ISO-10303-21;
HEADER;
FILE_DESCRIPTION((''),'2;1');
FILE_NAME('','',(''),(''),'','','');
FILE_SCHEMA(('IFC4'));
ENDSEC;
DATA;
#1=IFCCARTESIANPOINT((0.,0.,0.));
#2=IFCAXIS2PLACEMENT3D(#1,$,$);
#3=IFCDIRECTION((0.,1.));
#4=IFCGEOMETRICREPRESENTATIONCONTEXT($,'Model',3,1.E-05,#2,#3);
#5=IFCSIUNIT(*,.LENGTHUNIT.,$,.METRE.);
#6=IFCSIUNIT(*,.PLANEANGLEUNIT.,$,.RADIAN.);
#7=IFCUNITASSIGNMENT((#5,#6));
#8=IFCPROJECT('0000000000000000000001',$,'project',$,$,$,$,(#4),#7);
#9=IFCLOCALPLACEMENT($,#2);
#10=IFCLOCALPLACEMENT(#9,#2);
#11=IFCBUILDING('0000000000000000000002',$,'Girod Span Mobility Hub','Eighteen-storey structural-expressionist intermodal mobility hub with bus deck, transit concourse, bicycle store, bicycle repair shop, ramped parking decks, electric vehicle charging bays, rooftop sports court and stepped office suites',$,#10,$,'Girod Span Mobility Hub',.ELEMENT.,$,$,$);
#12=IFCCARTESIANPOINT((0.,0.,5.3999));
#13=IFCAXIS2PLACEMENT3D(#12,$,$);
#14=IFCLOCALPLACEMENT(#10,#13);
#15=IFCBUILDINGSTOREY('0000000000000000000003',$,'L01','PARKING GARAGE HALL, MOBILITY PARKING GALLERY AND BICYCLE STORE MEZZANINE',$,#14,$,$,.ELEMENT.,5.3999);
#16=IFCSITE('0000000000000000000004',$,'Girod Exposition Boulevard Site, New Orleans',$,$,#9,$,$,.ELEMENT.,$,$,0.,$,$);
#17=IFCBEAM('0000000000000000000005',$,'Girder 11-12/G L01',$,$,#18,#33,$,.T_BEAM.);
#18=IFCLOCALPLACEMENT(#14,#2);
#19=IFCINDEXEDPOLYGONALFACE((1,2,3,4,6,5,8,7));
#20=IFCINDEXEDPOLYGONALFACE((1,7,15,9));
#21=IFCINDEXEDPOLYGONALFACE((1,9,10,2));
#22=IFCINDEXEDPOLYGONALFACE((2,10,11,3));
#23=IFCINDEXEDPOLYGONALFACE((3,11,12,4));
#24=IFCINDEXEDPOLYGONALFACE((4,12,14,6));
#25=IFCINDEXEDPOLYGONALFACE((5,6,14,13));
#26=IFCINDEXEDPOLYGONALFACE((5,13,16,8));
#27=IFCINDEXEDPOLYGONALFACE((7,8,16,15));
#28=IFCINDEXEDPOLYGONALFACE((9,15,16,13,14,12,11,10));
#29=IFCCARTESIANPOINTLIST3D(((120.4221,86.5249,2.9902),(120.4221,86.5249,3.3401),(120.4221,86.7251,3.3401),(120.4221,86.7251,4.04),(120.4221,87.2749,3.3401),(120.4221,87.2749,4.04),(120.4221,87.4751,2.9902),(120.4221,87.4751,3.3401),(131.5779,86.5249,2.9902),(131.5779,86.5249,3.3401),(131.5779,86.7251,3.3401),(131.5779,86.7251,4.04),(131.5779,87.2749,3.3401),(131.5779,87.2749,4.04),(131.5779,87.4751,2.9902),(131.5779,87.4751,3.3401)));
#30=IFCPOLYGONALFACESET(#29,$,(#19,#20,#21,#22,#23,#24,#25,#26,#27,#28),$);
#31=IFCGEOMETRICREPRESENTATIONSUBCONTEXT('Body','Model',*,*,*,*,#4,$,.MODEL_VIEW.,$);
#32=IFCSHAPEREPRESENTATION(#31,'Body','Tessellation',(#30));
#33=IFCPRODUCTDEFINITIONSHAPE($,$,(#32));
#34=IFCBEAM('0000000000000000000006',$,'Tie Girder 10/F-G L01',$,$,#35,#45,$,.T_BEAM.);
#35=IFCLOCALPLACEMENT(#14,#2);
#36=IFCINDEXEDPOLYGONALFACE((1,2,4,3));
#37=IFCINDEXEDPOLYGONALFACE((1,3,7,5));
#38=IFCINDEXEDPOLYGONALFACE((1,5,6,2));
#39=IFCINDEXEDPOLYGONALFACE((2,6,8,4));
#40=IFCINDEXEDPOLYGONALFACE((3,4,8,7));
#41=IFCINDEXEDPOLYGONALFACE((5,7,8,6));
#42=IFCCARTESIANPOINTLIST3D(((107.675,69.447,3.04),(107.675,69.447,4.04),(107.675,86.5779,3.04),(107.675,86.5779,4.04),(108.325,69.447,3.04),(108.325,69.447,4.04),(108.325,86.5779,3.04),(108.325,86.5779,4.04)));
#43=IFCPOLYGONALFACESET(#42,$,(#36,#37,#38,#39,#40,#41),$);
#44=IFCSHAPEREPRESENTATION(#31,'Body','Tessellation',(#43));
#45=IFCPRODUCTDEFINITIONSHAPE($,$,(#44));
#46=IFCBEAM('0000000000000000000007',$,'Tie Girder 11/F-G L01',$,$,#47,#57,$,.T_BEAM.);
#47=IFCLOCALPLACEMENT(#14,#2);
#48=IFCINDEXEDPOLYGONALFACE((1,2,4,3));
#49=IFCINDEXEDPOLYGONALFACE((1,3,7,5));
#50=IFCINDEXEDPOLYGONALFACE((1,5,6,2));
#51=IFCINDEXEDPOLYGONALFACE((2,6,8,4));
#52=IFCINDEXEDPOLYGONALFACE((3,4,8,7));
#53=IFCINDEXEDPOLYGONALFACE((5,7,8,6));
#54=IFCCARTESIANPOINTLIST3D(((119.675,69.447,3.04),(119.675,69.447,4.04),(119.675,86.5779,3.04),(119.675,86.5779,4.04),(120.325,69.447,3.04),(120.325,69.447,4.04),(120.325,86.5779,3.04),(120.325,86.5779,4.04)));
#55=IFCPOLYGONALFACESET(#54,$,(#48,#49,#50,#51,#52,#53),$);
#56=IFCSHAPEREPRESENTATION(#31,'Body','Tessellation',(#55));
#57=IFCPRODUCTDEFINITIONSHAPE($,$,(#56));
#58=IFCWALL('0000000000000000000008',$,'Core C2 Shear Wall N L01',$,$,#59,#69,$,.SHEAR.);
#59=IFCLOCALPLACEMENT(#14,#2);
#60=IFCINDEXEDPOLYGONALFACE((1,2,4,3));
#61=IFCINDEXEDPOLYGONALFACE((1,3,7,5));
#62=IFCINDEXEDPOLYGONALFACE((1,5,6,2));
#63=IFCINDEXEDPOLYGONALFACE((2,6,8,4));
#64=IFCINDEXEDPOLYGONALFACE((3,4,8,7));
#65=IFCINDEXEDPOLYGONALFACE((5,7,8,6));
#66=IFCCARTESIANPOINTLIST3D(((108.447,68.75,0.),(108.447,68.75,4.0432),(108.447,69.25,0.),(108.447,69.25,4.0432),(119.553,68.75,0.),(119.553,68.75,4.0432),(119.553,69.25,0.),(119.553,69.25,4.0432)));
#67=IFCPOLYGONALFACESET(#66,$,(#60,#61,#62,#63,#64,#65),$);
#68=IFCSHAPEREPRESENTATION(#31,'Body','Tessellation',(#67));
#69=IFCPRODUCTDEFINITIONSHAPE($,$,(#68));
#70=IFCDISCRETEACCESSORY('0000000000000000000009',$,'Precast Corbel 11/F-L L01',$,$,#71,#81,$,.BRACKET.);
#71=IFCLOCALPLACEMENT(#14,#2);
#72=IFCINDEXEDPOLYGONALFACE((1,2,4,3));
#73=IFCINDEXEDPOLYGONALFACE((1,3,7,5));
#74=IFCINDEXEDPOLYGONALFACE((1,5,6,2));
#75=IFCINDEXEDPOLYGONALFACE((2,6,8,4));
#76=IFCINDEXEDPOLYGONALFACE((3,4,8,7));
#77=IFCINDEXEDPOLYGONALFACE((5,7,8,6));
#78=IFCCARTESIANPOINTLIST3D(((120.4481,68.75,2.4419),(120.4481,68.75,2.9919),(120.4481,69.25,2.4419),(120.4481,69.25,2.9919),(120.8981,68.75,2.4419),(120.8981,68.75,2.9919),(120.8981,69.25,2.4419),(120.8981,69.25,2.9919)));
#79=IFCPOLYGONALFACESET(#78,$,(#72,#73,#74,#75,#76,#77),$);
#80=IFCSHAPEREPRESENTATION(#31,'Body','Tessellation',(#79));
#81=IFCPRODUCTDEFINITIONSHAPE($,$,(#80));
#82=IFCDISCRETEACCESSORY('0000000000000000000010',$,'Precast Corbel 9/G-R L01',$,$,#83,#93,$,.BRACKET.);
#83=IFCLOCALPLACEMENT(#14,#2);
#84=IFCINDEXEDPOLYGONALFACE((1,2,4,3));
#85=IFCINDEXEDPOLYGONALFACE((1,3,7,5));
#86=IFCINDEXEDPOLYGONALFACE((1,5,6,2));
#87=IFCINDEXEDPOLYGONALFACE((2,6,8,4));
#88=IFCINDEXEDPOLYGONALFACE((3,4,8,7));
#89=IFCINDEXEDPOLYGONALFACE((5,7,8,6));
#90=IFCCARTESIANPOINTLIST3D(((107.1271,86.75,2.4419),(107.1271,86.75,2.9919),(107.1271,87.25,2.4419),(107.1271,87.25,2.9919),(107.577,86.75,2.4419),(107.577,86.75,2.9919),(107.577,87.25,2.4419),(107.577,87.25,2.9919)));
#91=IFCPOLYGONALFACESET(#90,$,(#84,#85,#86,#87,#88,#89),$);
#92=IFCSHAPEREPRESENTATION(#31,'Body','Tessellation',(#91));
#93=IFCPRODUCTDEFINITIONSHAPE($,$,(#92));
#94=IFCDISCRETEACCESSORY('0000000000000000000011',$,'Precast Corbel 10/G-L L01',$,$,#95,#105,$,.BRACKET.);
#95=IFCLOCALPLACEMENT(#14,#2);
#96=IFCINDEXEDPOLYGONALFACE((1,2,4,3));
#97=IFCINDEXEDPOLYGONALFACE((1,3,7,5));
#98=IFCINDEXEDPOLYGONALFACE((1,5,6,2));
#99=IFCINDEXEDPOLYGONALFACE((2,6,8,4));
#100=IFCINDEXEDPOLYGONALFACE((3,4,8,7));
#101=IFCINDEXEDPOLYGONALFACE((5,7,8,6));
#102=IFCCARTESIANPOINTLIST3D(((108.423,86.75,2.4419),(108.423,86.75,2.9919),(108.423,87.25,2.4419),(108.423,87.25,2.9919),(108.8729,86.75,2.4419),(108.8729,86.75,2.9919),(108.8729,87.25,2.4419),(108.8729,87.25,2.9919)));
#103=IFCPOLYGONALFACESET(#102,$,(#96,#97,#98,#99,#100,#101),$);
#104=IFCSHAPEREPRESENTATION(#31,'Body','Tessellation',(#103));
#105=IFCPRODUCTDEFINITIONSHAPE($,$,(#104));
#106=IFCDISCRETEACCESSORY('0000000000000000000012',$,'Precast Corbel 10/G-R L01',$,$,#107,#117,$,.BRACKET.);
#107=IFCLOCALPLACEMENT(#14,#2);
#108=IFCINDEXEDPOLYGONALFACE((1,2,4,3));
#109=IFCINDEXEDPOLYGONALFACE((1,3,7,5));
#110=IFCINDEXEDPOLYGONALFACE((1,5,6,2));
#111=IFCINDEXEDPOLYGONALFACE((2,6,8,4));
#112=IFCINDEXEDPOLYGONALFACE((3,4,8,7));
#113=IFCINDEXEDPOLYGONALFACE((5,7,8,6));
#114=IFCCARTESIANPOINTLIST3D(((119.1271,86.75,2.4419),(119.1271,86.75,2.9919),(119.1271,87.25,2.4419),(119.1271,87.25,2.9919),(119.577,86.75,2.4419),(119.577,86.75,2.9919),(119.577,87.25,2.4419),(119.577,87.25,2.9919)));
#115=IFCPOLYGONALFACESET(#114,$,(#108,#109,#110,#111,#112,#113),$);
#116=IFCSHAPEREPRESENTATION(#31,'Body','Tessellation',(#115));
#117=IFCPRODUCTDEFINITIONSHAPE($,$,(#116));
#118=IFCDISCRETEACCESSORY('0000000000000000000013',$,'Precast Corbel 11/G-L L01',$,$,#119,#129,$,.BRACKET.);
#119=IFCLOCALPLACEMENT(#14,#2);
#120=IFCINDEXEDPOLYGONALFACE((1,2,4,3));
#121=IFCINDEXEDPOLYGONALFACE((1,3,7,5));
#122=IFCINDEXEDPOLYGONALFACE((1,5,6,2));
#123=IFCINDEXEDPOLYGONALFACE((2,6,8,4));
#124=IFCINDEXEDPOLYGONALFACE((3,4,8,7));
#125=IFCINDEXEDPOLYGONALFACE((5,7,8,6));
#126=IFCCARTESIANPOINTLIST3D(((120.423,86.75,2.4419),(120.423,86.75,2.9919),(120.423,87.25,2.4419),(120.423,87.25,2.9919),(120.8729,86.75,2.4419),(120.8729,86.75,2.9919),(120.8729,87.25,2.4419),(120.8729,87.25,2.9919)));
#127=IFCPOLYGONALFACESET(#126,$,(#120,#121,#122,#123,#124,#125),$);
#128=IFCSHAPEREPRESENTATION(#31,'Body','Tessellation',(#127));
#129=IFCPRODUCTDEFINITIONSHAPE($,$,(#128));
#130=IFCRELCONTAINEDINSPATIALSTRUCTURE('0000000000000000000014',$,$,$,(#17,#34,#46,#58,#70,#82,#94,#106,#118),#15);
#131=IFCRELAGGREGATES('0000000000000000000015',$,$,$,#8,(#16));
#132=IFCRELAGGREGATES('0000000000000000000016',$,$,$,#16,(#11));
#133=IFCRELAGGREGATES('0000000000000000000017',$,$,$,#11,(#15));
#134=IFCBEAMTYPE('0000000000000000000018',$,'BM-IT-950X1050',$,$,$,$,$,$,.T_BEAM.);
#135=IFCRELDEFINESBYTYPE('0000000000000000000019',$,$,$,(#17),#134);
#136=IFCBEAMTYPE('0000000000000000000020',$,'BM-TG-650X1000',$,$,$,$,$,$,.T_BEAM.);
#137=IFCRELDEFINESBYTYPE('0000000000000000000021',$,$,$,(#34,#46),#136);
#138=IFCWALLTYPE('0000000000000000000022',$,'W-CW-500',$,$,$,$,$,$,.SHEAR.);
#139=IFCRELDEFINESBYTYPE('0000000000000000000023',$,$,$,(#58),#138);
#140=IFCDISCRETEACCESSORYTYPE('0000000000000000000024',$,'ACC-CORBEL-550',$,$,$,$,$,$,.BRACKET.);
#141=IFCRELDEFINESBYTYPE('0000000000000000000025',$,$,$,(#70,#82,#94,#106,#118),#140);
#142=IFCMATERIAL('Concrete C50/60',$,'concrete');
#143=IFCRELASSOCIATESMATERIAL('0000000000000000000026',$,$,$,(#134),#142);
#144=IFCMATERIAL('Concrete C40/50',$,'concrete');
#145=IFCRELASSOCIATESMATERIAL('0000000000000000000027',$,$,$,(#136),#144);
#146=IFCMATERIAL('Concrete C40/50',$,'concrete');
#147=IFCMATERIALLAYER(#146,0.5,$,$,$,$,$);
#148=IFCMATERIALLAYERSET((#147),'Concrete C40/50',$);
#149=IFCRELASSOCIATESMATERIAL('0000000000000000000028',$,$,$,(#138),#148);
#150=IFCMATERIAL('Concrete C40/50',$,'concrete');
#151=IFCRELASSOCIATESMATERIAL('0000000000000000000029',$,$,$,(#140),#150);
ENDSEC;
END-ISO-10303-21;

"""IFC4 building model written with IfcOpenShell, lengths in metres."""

from ifc_helpers import new_model, si_unit, direction, frame, frame_2d, origin, origin_2d, place, context, subcontext, project, spatial, polyline, rectangle, outline, extrude, material, layer, layer_set, material_profile, profile_set, type_object, element, save


model = new_model("IFC4")

# Units and contexts
model_context = context("Model", 3, precision=1e-05, world=origin(), true_north=direction((0.0, 1.0)))
body_context = subcontext(model_context, "Body", "Model", "MODEL_VIEW")
ifc_project = project(units=[si_unit("LENGTHUNIT", "METRE"), si_unit("PLANEANGLEUNIT", "RADIAN")], contexts=[model_context])

# Site, building, storey
site_placement = place(None, origin())
site = spatial("IfcSite", under=ifc_project, at=site_placement, Name="Girod Exposition Boulevard Site, New Orleans", CompositionType="ELEMENT", RefElevation=0.0)
building_placement = place(site_placement, origin())
building = spatial("IfcBuilding", under=site, at=building_placement, Name="Girod Span Mobility Hub", Description="Eighteen-storey structural-expressionist intermodal mobility hub with bus deck, transit concourse, bicycle store, bicycle repair shop, ramped parking decks, electric vehicle charging bays, rooftop sports court and stepped office suites", LongName="Girod Span Mobility Hub", CompositionType="ELEMENT")
storey_placement = place(building_placement, frame((0.0, 0.0, 5.3999)))
storey = spatial("IfcBuildingStorey", under=building, at=storey_placement, Name="L01", Description="PARKING GARAGE HALL, MOBILITY PARKING GALLERY AND BICYCLE STORE MEZZANINE", CompositionType="ELEMENT", Elevation=5.3999)

# Beams
ifc_material_1 = material(Name="Concrete C50/60", Category="concrete")
ifc_material_profile_1 = material_profile(ifc_material_1, outline(polyline([(-0.4751, -0.5249), (0.4751, -0.5249), (0.4751, -0.175), (0.2749, -0.175), (0.2749, 0.5249), (-0.2749, 0.5249), (-0.2749, -0.175), (-0.4751, -0.175), (-0.4751, -0.5249)])), Name="IT-950X1050")
ifc_profile_set_1 = profile_set([ifc_material_profile_1], Name="Concrete C50/60")
beam_type_1 = type_object("IfcBeamType", Name="BM-IT-950X1050", PredefinedType="T_BEAM", material=ifc_profile_set_1)
for number, where, z_axis, x_axis, name in (
    (1, (120.4221, 87.0, 3.5151), (1.0, 0.0, 0.0), (0.0, 1.0, 0.0), "Girder 11-12/G L01"),
):
    element("IfcBeam", number, at=place(storey_placement, frame(where, z_axis=z_axis, x_axis=x_axis)), inside=storey, type_object=beam_type_1, Name=name, PredefinedType="T_BEAM", context=body_context, shape_type="SweptSolid", body=[
        extrude(outline(polyline([(-0.4751, -0.5249), (0.4751, -0.5249), (0.4751, -0.175), (0.2749, -0.175), (0.2749, 0.5249), (-0.2749, 0.5249), (-0.2749, -0.175), (-0.4751, -0.175), (-0.4751, -0.5249)])), origin(), (0.0, 0.0, 1.0), 11.1558),
    ])
ifc_material_2 = material(Name="Concrete C40/50", Category="concrete")
ifc_material_profile_2 = material_profile(ifc_material_2, rectangle(XDim=0.6499, YDim=1.0, at=origin_2d()), Name="TG-650X1000")
ifc_profile_set_2 = profile_set([ifc_material_profile_2], Name="Concrete C40/50")
beam_type_2 = type_object("IfcBeamType", Name="BM-TG-650X1000", PredefinedType="T_BEAM", material=ifc_profile_set_2)
for number, where, z_axis, x_axis, name in (
    (2, (108.0, 69.447, 3.54), (0.0, 1.0, 0.0), (-1.0, 0.0, 0.0), "Tie Girder 10/F-G L01"),
    (3, (120.0, 69.447, 3.54), (0.0, 1.0, 0.0), (-1.0, 0.0, 0.0), "Tie Girder 11/F-G L01"),
):
    element("IfcBeam", number, at=place(storey_placement, frame(where, z_axis=z_axis, x_axis=x_axis)), inside=storey, type_object=beam_type_2, Name=name, PredefinedType="T_BEAM", context=body_context, shape_type="SweptSolid", body=[
        extrude(rectangle(XDim=0.6499, YDim=1.0, at=origin_2d()), origin(), (0.0, 0.0, 1.0), 17.1309),
    ])

# Wall
ifc_material_3 = material(Name="Concrete C40/50", Category="concrete")
ifc_layer = layer(ifc_material_3, 0.5)
ifc_layer_set = layer_set([ifc_layer], Name="Concrete C40/50")
wall_type = type_object("IfcWallType", Name="W-CW-500", PredefinedType="SHEAR", material=ifc_layer_set)
wall_placement = place(storey_placement, frame((108.447, 69.0, 0.0), z_axis=(0.0, 0.0, 1.0), x_axis=(1.0, 0.0, 0.0)))
element("IfcWall", 4, at=wall_placement, inside=storey, type_object=wall_type, Name="Core C2 Shear Wall N L01", PredefinedType="SHEAR", context=body_context, shape_type="SweptSolid", body=[
    extrude(rectangle(XDim=11.106, YDim=0.5, at=frame_2d((5.553, 0.0))), origin(), (0.0, 0.0, 1.0), 4.0432),
])

# Discrete accessories
ifc_material_4 = material(Name="Concrete C40/50", Category="concrete")
discrete_accessory_type = type_object("IfcDiscreteAccessoryType", Name="ACC-CORBEL-550", PredefinedType="BRACKET", material=ifc_material_4)
for number, where, z_axis, x_axis, name in (
    (5, (120.6731, 69.0, 2.4419), (0.0, 0.0, 1.0), (1.0, 0.0, 0.0), "Precast Corbel 11/F-L L01"),
    (6, (107.3521, 87.0, 2.4419), (0.0, 0.0, 1.0), (1.0, 0.0, 0.0), "Precast Corbel 9/G-R L01"),
    (7, (108.6479, 87.0, 2.4419), (0.0, 0.0, 1.0), (1.0, 0.0, 0.0), "Precast Corbel 10/G-L L01"),
    (8, (119.3521, 87.0, 2.4419), (0.0, 0.0, 1.0), (1.0, 0.0, 0.0), "Precast Corbel 10/G-R L01"),
    (9, (120.6479, 87.0, 2.4419), (0.0, 0.0, 1.0), (1.0, 0.0, 0.0), "Precast Corbel 11/G-L L01"),
):
    element("IfcDiscreteAccessory", number, at=place(storey_placement, frame(where, z_axis=z_axis, x_axis=x_axis)), inside=storey, type_object=discrete_accessory_type, Name=name, PredefinedType="BRACKET", context=body_context, shape_type="SweptSolid", body=[
        extrude(rectangle(XDim=0.45, YDim=0.5, at=origin_2d()), origin(), (0.0, 0.0, 1.0), 0.55),
    ])

save(model, "model.ifc")
